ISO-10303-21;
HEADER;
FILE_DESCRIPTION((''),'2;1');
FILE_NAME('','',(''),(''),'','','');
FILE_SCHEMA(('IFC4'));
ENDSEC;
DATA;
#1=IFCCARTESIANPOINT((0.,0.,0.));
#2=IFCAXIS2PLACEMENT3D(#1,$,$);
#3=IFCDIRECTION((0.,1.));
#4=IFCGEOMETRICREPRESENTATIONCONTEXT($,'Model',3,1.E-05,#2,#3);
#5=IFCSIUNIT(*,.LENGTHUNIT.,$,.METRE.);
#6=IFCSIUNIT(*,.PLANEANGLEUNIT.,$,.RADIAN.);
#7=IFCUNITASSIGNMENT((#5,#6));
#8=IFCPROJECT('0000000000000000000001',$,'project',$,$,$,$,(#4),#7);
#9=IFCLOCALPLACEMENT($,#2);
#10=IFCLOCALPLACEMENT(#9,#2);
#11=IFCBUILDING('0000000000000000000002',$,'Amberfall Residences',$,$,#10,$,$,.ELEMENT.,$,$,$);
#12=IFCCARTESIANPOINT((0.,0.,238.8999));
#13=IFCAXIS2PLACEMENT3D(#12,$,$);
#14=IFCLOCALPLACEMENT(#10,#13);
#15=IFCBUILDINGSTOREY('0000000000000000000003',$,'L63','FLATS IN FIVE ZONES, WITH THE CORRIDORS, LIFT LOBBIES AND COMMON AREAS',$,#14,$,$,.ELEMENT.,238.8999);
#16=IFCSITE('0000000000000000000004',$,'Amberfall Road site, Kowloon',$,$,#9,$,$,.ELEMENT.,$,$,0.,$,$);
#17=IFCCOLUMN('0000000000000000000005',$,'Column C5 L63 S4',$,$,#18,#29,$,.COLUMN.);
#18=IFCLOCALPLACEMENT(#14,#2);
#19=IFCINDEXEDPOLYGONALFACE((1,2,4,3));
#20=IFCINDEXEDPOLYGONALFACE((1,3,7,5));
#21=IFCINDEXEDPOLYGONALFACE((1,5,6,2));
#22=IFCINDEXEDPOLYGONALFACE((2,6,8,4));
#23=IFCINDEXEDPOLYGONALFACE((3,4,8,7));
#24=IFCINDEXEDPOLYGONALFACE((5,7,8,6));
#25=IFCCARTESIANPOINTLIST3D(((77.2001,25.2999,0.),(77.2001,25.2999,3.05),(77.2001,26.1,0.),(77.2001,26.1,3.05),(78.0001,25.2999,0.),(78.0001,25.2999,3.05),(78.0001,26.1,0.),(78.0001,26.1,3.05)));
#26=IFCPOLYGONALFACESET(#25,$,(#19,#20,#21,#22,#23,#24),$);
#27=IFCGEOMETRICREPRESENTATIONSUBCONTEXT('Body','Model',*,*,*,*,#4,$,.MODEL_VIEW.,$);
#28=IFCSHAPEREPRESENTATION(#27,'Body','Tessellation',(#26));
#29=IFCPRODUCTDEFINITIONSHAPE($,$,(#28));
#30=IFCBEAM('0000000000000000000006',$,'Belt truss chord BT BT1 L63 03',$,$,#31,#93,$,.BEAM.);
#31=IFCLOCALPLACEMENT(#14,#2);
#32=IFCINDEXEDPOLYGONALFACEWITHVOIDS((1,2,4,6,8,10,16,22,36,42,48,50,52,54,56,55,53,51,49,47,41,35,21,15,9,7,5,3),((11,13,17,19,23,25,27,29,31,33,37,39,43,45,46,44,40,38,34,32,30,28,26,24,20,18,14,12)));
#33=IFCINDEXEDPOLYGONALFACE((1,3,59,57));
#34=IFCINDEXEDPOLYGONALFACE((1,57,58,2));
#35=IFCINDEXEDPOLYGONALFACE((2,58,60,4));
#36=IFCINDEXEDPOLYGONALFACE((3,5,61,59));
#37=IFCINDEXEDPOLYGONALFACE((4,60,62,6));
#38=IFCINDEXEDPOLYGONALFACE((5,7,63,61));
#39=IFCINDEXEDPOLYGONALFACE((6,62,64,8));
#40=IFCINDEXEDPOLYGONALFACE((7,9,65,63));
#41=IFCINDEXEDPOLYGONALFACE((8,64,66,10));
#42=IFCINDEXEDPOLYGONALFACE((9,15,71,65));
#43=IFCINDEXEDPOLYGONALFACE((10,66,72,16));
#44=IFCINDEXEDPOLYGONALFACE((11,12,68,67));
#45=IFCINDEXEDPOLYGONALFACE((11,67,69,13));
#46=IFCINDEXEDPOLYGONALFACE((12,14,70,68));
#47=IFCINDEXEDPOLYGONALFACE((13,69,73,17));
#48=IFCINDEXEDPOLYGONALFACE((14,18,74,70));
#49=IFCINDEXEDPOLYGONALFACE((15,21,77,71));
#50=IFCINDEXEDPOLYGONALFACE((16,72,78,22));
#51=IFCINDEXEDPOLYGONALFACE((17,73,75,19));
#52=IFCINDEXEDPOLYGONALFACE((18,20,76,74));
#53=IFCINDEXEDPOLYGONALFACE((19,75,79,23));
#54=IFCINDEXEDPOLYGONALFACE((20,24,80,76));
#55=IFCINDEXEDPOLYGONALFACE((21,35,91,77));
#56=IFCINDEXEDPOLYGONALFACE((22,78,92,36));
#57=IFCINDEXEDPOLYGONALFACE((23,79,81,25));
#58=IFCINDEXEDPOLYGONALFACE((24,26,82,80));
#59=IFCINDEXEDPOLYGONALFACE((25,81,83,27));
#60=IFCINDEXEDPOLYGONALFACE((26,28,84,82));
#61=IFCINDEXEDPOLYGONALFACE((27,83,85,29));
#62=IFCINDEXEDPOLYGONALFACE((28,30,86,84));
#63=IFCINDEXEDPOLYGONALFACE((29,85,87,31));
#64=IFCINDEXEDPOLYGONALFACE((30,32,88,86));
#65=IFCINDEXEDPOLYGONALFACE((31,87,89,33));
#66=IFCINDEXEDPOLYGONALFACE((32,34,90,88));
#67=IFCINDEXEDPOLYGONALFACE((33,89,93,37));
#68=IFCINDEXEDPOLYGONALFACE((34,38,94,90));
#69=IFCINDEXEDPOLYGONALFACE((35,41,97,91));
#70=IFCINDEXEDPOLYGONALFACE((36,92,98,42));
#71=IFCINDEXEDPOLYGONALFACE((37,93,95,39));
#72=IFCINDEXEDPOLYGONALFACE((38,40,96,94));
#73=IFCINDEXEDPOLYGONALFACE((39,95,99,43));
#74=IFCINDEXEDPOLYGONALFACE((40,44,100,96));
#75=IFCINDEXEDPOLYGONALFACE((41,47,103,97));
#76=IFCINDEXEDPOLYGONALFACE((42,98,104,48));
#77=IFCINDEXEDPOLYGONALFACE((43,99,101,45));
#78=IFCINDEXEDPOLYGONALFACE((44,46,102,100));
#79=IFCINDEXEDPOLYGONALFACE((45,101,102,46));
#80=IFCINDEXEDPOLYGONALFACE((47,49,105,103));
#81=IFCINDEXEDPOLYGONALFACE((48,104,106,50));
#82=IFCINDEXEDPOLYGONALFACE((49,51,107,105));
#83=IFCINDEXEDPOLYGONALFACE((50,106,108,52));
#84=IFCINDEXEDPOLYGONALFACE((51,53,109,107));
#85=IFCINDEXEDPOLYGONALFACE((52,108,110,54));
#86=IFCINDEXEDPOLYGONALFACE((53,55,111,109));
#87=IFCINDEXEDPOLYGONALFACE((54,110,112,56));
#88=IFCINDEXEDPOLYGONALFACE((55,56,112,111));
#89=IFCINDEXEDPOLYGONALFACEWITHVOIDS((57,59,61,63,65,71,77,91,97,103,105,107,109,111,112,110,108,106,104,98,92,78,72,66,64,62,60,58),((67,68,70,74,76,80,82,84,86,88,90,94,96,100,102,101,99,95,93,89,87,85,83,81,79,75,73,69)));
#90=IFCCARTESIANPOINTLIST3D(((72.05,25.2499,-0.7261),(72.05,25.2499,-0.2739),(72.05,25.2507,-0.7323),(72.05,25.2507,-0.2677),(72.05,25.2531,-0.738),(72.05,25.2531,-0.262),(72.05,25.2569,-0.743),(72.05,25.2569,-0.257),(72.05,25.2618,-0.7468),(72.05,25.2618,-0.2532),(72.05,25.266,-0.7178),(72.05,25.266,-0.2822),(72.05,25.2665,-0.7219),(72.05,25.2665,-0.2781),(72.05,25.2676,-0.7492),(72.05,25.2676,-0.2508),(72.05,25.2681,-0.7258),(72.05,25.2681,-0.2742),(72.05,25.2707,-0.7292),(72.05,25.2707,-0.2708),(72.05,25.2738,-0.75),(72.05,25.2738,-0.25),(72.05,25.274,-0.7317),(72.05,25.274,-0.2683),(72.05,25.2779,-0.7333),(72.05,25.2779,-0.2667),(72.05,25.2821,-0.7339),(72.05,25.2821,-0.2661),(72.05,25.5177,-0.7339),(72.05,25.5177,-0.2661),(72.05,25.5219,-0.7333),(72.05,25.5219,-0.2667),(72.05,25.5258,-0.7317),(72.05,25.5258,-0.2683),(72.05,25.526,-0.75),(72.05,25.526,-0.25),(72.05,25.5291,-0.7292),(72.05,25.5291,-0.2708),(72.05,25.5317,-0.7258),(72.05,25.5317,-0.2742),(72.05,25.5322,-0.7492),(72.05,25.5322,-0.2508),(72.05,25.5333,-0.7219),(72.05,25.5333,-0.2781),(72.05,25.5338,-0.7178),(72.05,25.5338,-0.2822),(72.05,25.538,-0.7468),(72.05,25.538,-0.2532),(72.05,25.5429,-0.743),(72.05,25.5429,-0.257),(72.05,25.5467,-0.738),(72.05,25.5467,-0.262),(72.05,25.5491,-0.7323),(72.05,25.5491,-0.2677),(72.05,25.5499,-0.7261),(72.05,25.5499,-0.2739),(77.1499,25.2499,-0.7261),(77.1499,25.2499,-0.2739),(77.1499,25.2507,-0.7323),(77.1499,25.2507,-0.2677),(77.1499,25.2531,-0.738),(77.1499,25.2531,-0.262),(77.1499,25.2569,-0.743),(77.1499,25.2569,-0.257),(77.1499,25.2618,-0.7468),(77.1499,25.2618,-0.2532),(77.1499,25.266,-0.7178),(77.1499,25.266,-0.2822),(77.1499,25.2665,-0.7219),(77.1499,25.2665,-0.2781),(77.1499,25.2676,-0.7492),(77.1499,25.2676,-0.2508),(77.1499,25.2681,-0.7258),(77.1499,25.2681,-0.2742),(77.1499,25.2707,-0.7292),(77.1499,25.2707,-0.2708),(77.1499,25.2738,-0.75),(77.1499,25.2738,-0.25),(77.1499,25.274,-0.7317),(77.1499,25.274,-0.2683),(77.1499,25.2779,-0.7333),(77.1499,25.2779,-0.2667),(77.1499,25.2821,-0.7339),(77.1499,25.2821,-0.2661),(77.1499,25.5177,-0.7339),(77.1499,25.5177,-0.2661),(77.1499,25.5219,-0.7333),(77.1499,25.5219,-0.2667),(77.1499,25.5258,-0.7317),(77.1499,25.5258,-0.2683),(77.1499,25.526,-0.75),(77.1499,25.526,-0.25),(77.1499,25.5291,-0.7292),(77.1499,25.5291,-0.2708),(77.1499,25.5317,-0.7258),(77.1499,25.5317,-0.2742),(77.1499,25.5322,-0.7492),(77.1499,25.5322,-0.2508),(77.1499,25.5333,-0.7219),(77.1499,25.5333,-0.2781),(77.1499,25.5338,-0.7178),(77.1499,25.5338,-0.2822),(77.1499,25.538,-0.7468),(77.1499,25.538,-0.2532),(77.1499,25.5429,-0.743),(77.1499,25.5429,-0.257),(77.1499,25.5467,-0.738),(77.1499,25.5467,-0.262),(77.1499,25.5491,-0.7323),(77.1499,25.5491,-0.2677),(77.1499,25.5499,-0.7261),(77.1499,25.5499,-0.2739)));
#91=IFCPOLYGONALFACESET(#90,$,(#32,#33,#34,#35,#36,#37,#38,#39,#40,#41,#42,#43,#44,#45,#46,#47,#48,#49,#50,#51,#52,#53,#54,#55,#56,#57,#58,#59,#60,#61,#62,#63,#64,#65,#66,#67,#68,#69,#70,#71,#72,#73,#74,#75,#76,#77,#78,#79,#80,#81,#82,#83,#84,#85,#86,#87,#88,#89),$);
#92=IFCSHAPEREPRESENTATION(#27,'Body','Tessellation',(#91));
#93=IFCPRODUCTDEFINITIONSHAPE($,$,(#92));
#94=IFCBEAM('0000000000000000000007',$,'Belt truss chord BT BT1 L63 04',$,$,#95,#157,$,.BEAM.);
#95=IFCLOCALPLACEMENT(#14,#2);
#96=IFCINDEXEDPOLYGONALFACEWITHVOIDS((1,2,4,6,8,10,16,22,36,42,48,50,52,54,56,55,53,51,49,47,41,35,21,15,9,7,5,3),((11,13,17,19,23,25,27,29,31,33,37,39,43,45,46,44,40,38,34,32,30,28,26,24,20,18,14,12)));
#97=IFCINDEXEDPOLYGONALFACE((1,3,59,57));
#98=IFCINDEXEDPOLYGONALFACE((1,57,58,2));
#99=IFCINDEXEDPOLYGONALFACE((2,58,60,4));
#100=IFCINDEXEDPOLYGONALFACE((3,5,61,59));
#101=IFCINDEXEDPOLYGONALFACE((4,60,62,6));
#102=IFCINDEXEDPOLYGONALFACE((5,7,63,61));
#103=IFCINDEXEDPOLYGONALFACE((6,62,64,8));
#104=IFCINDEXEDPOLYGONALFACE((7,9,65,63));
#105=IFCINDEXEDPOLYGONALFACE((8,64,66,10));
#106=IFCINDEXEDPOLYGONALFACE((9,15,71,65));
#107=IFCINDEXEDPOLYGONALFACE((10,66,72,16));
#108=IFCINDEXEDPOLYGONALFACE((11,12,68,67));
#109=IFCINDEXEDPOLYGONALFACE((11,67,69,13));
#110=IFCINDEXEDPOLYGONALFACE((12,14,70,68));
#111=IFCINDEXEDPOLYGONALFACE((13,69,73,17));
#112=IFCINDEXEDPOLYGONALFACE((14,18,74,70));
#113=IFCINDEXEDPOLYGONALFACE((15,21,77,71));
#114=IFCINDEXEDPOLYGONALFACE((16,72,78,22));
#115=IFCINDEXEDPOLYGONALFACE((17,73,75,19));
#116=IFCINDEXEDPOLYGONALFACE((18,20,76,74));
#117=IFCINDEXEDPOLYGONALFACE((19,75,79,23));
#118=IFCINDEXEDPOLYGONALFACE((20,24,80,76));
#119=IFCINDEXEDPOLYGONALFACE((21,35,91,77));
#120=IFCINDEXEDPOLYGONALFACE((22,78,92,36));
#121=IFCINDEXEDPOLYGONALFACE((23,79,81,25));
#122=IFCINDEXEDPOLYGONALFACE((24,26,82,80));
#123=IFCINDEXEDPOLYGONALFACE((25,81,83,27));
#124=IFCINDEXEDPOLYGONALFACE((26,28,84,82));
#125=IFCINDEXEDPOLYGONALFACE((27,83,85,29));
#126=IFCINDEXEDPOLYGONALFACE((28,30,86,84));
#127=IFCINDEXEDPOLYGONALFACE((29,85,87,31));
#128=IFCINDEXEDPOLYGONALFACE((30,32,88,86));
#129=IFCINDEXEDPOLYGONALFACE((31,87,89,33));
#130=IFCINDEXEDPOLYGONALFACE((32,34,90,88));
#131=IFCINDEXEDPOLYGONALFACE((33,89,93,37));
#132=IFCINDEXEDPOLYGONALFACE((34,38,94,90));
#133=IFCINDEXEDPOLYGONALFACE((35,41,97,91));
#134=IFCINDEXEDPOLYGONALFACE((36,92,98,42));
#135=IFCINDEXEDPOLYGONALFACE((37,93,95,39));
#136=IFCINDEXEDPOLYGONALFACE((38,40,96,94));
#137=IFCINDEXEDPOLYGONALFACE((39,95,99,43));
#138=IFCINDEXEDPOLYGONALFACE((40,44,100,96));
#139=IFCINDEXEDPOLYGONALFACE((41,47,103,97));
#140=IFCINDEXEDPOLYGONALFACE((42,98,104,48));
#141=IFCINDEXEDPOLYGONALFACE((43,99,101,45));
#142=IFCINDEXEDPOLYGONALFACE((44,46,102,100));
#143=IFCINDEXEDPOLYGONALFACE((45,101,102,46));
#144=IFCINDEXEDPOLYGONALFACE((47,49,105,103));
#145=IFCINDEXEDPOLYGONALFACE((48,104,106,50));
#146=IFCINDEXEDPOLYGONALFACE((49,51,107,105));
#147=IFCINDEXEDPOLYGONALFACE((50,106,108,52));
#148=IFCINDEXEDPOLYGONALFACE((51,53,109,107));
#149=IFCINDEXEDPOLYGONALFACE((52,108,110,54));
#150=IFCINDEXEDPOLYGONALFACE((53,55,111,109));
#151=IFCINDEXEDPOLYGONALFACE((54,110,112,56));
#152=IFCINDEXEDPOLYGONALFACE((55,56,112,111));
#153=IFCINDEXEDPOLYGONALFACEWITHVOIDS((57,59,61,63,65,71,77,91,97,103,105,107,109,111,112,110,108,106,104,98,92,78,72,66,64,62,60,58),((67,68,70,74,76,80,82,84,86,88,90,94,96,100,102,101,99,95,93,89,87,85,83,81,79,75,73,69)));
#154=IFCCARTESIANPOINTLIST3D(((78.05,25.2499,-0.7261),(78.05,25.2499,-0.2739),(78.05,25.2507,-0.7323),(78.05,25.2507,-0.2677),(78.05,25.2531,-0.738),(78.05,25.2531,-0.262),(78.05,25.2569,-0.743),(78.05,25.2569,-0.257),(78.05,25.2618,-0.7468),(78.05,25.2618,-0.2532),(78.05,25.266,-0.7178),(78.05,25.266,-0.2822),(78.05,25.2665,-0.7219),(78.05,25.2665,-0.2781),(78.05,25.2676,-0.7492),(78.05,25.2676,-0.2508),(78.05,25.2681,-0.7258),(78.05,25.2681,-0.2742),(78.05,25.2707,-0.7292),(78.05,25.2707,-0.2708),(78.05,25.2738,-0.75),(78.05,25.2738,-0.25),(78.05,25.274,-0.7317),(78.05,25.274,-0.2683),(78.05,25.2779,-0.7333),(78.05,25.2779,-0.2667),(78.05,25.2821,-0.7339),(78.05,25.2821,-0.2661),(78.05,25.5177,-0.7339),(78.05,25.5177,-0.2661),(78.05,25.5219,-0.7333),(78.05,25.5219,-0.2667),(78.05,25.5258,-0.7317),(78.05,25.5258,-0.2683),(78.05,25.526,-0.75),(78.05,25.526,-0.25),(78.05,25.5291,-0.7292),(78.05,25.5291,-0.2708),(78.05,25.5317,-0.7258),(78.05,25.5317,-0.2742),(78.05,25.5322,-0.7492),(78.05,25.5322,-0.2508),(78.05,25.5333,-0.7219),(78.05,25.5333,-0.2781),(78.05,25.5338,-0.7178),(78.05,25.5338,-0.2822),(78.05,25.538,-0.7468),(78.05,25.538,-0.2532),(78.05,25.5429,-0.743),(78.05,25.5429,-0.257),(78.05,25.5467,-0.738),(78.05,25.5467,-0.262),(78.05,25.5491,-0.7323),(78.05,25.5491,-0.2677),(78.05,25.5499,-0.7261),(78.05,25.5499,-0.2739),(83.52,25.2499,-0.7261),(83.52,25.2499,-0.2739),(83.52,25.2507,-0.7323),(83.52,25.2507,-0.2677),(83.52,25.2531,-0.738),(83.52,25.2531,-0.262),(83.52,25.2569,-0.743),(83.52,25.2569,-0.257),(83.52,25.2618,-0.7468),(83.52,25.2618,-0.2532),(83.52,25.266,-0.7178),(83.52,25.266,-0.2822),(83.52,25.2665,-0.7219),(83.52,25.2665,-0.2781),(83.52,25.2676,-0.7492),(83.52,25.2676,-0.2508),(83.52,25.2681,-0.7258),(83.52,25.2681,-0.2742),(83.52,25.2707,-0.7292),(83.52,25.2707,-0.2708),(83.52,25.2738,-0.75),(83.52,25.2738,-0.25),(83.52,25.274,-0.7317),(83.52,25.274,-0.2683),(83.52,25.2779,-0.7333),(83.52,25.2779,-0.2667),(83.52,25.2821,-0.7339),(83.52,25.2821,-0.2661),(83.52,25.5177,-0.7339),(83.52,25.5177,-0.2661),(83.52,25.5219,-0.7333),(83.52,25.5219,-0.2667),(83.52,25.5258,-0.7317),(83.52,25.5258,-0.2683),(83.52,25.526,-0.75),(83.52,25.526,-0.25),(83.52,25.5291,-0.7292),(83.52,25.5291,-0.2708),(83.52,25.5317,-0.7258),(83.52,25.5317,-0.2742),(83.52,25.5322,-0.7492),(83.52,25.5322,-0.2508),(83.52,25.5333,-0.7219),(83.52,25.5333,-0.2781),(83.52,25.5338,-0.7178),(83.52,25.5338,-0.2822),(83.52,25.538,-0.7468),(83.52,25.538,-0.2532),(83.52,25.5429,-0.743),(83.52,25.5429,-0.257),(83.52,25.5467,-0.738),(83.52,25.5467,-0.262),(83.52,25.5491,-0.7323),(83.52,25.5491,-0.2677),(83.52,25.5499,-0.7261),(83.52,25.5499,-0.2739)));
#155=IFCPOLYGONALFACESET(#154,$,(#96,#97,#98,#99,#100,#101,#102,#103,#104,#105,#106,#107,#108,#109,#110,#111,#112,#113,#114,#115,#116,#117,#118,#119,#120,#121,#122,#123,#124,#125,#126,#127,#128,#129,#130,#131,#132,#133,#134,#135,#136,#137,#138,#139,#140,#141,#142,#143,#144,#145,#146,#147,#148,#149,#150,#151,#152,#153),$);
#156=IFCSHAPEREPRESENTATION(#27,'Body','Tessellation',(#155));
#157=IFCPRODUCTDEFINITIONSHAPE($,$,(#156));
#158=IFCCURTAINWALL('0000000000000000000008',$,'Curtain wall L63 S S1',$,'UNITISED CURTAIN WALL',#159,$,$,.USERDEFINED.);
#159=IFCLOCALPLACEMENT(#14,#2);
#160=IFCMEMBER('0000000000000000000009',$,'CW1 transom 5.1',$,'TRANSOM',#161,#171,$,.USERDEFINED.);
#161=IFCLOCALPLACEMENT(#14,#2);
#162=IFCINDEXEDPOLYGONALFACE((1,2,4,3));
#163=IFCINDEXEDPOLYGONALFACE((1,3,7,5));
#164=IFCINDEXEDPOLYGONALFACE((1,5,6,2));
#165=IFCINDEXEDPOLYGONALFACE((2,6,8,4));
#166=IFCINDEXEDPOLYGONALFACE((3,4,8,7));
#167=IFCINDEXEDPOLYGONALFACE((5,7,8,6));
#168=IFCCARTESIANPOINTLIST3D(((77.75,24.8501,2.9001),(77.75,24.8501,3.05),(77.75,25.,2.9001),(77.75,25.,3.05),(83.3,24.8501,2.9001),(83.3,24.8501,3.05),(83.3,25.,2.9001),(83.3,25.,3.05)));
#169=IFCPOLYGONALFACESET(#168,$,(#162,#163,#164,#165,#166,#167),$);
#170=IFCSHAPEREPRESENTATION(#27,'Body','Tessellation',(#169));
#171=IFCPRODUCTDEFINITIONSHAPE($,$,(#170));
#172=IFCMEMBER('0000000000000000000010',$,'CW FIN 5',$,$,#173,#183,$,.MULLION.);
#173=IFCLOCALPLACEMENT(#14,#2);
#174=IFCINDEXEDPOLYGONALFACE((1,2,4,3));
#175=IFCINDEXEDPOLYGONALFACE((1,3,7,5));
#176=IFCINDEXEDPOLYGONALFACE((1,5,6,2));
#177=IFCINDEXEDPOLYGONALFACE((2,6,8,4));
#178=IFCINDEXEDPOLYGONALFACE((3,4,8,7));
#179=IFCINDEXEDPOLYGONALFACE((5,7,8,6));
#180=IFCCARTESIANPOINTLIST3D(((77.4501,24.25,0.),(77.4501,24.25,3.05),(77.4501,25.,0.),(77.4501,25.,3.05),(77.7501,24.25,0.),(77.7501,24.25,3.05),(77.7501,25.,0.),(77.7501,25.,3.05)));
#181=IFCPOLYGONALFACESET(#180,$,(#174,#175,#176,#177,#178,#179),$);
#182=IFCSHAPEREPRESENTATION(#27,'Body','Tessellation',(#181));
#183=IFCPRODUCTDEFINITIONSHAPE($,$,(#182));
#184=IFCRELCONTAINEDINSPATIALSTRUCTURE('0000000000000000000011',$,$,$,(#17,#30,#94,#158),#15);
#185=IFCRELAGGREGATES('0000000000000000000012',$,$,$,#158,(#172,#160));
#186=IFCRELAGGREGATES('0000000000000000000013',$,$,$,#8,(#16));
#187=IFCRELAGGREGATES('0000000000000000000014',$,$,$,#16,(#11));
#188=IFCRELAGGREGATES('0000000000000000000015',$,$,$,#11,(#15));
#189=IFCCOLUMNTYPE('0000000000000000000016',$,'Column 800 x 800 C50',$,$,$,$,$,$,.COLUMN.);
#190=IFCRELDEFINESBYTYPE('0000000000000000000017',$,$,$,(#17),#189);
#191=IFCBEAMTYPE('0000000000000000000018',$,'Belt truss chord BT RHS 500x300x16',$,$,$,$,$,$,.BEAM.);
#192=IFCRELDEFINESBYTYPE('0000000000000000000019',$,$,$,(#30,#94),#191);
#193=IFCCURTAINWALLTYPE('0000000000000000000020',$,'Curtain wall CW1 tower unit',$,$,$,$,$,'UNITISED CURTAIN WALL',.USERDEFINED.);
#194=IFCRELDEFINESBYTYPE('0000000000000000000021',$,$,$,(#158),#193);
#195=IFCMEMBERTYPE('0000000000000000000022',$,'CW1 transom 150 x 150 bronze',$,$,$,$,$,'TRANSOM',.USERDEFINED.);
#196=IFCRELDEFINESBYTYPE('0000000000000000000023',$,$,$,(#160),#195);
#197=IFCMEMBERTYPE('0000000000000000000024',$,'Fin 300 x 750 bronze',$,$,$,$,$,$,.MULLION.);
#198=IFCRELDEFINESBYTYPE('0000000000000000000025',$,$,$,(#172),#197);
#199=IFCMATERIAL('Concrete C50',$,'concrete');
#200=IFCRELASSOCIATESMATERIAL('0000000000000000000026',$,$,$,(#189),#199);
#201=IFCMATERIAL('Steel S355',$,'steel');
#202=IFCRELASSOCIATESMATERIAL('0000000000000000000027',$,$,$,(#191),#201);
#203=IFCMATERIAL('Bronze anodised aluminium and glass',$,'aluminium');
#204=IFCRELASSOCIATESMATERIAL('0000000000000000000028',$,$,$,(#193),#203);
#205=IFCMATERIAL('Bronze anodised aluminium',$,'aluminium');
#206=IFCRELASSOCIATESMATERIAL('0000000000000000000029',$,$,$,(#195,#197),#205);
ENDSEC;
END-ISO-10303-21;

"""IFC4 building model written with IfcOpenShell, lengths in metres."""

from ifc_helpers import new_model, si_unit, direction, frame, origin, origin_2d, place, context, subcontext, project, spatial, rectangle, hollow_rectangle, extrude, material, material_profile, profile_set, type_object, element, aggregate, save


model = new_model("IFC4")

# Units and contexts
model_context = context("Model", 3, precision=1e-05, world=origin(), true_north=direction((0.0, 1.0)))
body_context = subcontext(model_context, "Body", "Model", "MODEL_VIEW")
ifc_project = project(units=[si_unit("LENGTHUNIT", "METRE"), si_unit("PLANEANGLEUNIT", "RADIAN")], contexts=[model_context])

# Site, building, storey
site_placement = place(None, origin())
site = spatial("IfcSite", under=ifc_project, at=site_placement, Name="Amberfall Road site, Kowloon", CompositionType="ELEMENT", RefElevation=0.0)
building_placement = place(site_placement, origin())
building = spatial("IfcBuilding", under=site, at=building_placement, Name="Amberfall Residences", CompositionType="ELEMENT")
storey_placement = place(building_placement, frame((0.0, 0.0, 238.8999)))
storey = spatial("IfcBuildingStorey", under=building, at=storey_placement, Name="L63", Description="FLATS IN FIVE ZONES, WITH THE CORRIDORS, LIFT LOBBIES AND COMMON AREAS", CompositionType="ELEMENT", Elevation=238.8999)

# Column
ifc_material_1 = material(Name="Concrete C50", Category="concrete")
ifc_material_profile_1 = material_profile(ifc_material_1, rectangle(XDim=0.8, YDim=0.8, at=origin_2d()), Name="Column 800 x 800 C50")
ifc_profile_set_1 = profile_set([ifc_material_profile_1], Name="Concrete C50")
column_type = type_object("IfcColumnType", Name="Column 800 x 800 C50", PredefinedType="COLUMN", material=ifc_profile_set_1)
column_placement = place(storey_placement, frame((77.6001, 25.7, 0.0), z_axis=(0.0, 0.0, 1.0), x_axis=(1.0, 0.0, 0.0)))
element("IfcColumn", 1, at=column_placement, inside=storey, type_object=column_type, Name="Column C5 L63 S4", PredefinedType="COLUMN", context=body_context, shape_type="SweptSolid", body=[
    extrude(rectangle(XDim=0.8, YDim=0.8, at=origin_2d()), origin(), (0.0, 0.0, 1.0), 3.05),
])

# Beams
ifc_material_2 = material(Name="Steel S355", Category="steel")
ifc_material_profile_2 = material_profile(ifc_material_2, hollow_rectangle(XDim=0.3, YDim=0.5, WallThickness=0.0161, InnerFilletRadius=0.0161, OuterFilletRadius=0.0239, at=origin_2d()), Name="RHS 500x300x16")
ifc_profile_set_2 = profile_set([ifc_material_profile_2], Name="Steel S355")
beam_type_1 = type_object("IfcBeamType", Name="Belt truss chord BT RHS 500x300x16", PredefinedType="BEAM", material=ifc_profile_set_2)
beam_1_placement = place(storey_placement, frame((72.05, 25.3999, -0.5), z_axis=(1.0, 0.0, 0.0), x_axis=(0.0, 1.0, 0.0)))
element("IfcBeam", 2, at=beam_1_placement, inside=storey, type_object=beam_type_1, Name="Belt truss chord BT BT1 L63 03", PredefinedType="BEAM", context=body_context, shape_type="SweptSolid", body=[
    extrude(hollow_rectangle(XDim=0.3, YDim=0.5, WallThickness=0.0161, InnerFilletRadius=0.0161, OuterFilletRadius=0.0239, at=origin_2d()), origin(), (0.0, 0.0, 1.0), 5.0999),
])
beam_2_placement = place(storey_placement, frame((78.05, 25.3999, -0.5), z_axis=(1.0, 0.0, 0.0), x_axis=(0.0, 1.0, 0.0)))
element("IfcBeam", 3, at=beam_2_placement, inside=storey, type_object=beam_type_1, Name="Belt truss chord BT BT1 L63 04", PredefinedType="BEAM", context=body_context, shape_type="SweptSolid", body=[
    extrude(hollow_rectangle(XDim=0.3, YDim=0.5, WallThickness=0.0161, InnerFilletRadius=0.0161, OuterFilletRadius=0.0239, at=origin_2d()), origin(), (0.0, 0.0, 1.0), 5.47),
])

# Curtain wall, members
ifc_material_3 = material(Name="Bronze anodised aluminium and glass", Category="aluminium")
curtain_wall_type = type_object("IfcCurtainWallType", Name="Curtain wall CW1 tower unit", ElementType="UNITISED CURTAIN WALL", PredefinedType="USERDEFINED", material=ifc_material_3)
curtain_wall_placement = place(storey_placement, origin())
curtain_wall = element("IfcCurtainWall", 4, at=curtain_wall_placement, inside=storey, type_object=curtain_wall_type, Name="Curtain wall L63 S S1", ObjectType="UNITISED CURTAIN WALL", PredefinedType="USERDEFINED")
ifc_material_4 = material(Name="Bronze anodised aluminium", Category="aluminium")
ifc_material_profile_3 = material_profile(ifc_material_4, rectangle(XDim=0.1499, YDim=0.1499, at=origin_2d()), Name="CW1 transom 150 x 150 bronze")
ifc_profile_set_3 = profile_set([ifc_material_profile_3], Name="Bronze anodised aluminium")
member_type_1 = type_object("IfcMemberType", Name="CW1 transom 150 x 150 bronze", ElementType="TRANSOM", PredefinedType="USERDEFINED", material=ifc_profile_set_3)
member_1_placement = place(storey_placement, frame((77.75, 24.925, 2.9751), z_axis=(1.0, 0.0, 0.0), x_axis=(0.0, 1.0, 0.0)))
member_1 = element("IfcMember", 5, at=member_1_placement, type_object=member_type_1, Name="CW1 transom 5.1", ObjectType="TRANSOM", PredefinedType="USERDEFINED", context=body_context, shape_type="SweptSolid", body=[
    extrude(rectangle(XDim=0.1499, YDim=0.1499, at=origin_2d()), origin(), (0.0, 0.0, 1.0), 5.55),
])
ifc_material_profile_4 = material_profile(ifc_material_4, rectangle(XDim=0.75, YDim=0.3, at=origin_2d()), Name="Fin 300 x 750 bronze")
ifc_profile_set_4 = profile_set([ifc_material_profile_4], Name="Bronze anodised aluminium")
member_type_2 = type_object("IfcMemberType", Name="Fin 300 x 750 bronze", PredefinedType="MULLION", material=ifc_profile_set_4)
member_2_placement = place(storey_placement, frame((77.6001, 24.625, 0.0), z_axis=(0.0, 0.0, 1.0), x_axis=(0.0, 1.0, 0.0)))
member_2 = element("IfcMember", 6, at=member_2_placement, type_object=member_type_2, Name="CW FIN 5", PredefinedType="MULLION", context=body_context, shape_type="SweptSolid", body=[
    extrude(rectangle(XDim=0.75, YDim=0.3, at=origin_2d()), origin(), (0.0, 0.0, 1.0), 3.05),
])

aggregate(curtain_wall, [member_2, member_1])

save(model, "model.ifc")
